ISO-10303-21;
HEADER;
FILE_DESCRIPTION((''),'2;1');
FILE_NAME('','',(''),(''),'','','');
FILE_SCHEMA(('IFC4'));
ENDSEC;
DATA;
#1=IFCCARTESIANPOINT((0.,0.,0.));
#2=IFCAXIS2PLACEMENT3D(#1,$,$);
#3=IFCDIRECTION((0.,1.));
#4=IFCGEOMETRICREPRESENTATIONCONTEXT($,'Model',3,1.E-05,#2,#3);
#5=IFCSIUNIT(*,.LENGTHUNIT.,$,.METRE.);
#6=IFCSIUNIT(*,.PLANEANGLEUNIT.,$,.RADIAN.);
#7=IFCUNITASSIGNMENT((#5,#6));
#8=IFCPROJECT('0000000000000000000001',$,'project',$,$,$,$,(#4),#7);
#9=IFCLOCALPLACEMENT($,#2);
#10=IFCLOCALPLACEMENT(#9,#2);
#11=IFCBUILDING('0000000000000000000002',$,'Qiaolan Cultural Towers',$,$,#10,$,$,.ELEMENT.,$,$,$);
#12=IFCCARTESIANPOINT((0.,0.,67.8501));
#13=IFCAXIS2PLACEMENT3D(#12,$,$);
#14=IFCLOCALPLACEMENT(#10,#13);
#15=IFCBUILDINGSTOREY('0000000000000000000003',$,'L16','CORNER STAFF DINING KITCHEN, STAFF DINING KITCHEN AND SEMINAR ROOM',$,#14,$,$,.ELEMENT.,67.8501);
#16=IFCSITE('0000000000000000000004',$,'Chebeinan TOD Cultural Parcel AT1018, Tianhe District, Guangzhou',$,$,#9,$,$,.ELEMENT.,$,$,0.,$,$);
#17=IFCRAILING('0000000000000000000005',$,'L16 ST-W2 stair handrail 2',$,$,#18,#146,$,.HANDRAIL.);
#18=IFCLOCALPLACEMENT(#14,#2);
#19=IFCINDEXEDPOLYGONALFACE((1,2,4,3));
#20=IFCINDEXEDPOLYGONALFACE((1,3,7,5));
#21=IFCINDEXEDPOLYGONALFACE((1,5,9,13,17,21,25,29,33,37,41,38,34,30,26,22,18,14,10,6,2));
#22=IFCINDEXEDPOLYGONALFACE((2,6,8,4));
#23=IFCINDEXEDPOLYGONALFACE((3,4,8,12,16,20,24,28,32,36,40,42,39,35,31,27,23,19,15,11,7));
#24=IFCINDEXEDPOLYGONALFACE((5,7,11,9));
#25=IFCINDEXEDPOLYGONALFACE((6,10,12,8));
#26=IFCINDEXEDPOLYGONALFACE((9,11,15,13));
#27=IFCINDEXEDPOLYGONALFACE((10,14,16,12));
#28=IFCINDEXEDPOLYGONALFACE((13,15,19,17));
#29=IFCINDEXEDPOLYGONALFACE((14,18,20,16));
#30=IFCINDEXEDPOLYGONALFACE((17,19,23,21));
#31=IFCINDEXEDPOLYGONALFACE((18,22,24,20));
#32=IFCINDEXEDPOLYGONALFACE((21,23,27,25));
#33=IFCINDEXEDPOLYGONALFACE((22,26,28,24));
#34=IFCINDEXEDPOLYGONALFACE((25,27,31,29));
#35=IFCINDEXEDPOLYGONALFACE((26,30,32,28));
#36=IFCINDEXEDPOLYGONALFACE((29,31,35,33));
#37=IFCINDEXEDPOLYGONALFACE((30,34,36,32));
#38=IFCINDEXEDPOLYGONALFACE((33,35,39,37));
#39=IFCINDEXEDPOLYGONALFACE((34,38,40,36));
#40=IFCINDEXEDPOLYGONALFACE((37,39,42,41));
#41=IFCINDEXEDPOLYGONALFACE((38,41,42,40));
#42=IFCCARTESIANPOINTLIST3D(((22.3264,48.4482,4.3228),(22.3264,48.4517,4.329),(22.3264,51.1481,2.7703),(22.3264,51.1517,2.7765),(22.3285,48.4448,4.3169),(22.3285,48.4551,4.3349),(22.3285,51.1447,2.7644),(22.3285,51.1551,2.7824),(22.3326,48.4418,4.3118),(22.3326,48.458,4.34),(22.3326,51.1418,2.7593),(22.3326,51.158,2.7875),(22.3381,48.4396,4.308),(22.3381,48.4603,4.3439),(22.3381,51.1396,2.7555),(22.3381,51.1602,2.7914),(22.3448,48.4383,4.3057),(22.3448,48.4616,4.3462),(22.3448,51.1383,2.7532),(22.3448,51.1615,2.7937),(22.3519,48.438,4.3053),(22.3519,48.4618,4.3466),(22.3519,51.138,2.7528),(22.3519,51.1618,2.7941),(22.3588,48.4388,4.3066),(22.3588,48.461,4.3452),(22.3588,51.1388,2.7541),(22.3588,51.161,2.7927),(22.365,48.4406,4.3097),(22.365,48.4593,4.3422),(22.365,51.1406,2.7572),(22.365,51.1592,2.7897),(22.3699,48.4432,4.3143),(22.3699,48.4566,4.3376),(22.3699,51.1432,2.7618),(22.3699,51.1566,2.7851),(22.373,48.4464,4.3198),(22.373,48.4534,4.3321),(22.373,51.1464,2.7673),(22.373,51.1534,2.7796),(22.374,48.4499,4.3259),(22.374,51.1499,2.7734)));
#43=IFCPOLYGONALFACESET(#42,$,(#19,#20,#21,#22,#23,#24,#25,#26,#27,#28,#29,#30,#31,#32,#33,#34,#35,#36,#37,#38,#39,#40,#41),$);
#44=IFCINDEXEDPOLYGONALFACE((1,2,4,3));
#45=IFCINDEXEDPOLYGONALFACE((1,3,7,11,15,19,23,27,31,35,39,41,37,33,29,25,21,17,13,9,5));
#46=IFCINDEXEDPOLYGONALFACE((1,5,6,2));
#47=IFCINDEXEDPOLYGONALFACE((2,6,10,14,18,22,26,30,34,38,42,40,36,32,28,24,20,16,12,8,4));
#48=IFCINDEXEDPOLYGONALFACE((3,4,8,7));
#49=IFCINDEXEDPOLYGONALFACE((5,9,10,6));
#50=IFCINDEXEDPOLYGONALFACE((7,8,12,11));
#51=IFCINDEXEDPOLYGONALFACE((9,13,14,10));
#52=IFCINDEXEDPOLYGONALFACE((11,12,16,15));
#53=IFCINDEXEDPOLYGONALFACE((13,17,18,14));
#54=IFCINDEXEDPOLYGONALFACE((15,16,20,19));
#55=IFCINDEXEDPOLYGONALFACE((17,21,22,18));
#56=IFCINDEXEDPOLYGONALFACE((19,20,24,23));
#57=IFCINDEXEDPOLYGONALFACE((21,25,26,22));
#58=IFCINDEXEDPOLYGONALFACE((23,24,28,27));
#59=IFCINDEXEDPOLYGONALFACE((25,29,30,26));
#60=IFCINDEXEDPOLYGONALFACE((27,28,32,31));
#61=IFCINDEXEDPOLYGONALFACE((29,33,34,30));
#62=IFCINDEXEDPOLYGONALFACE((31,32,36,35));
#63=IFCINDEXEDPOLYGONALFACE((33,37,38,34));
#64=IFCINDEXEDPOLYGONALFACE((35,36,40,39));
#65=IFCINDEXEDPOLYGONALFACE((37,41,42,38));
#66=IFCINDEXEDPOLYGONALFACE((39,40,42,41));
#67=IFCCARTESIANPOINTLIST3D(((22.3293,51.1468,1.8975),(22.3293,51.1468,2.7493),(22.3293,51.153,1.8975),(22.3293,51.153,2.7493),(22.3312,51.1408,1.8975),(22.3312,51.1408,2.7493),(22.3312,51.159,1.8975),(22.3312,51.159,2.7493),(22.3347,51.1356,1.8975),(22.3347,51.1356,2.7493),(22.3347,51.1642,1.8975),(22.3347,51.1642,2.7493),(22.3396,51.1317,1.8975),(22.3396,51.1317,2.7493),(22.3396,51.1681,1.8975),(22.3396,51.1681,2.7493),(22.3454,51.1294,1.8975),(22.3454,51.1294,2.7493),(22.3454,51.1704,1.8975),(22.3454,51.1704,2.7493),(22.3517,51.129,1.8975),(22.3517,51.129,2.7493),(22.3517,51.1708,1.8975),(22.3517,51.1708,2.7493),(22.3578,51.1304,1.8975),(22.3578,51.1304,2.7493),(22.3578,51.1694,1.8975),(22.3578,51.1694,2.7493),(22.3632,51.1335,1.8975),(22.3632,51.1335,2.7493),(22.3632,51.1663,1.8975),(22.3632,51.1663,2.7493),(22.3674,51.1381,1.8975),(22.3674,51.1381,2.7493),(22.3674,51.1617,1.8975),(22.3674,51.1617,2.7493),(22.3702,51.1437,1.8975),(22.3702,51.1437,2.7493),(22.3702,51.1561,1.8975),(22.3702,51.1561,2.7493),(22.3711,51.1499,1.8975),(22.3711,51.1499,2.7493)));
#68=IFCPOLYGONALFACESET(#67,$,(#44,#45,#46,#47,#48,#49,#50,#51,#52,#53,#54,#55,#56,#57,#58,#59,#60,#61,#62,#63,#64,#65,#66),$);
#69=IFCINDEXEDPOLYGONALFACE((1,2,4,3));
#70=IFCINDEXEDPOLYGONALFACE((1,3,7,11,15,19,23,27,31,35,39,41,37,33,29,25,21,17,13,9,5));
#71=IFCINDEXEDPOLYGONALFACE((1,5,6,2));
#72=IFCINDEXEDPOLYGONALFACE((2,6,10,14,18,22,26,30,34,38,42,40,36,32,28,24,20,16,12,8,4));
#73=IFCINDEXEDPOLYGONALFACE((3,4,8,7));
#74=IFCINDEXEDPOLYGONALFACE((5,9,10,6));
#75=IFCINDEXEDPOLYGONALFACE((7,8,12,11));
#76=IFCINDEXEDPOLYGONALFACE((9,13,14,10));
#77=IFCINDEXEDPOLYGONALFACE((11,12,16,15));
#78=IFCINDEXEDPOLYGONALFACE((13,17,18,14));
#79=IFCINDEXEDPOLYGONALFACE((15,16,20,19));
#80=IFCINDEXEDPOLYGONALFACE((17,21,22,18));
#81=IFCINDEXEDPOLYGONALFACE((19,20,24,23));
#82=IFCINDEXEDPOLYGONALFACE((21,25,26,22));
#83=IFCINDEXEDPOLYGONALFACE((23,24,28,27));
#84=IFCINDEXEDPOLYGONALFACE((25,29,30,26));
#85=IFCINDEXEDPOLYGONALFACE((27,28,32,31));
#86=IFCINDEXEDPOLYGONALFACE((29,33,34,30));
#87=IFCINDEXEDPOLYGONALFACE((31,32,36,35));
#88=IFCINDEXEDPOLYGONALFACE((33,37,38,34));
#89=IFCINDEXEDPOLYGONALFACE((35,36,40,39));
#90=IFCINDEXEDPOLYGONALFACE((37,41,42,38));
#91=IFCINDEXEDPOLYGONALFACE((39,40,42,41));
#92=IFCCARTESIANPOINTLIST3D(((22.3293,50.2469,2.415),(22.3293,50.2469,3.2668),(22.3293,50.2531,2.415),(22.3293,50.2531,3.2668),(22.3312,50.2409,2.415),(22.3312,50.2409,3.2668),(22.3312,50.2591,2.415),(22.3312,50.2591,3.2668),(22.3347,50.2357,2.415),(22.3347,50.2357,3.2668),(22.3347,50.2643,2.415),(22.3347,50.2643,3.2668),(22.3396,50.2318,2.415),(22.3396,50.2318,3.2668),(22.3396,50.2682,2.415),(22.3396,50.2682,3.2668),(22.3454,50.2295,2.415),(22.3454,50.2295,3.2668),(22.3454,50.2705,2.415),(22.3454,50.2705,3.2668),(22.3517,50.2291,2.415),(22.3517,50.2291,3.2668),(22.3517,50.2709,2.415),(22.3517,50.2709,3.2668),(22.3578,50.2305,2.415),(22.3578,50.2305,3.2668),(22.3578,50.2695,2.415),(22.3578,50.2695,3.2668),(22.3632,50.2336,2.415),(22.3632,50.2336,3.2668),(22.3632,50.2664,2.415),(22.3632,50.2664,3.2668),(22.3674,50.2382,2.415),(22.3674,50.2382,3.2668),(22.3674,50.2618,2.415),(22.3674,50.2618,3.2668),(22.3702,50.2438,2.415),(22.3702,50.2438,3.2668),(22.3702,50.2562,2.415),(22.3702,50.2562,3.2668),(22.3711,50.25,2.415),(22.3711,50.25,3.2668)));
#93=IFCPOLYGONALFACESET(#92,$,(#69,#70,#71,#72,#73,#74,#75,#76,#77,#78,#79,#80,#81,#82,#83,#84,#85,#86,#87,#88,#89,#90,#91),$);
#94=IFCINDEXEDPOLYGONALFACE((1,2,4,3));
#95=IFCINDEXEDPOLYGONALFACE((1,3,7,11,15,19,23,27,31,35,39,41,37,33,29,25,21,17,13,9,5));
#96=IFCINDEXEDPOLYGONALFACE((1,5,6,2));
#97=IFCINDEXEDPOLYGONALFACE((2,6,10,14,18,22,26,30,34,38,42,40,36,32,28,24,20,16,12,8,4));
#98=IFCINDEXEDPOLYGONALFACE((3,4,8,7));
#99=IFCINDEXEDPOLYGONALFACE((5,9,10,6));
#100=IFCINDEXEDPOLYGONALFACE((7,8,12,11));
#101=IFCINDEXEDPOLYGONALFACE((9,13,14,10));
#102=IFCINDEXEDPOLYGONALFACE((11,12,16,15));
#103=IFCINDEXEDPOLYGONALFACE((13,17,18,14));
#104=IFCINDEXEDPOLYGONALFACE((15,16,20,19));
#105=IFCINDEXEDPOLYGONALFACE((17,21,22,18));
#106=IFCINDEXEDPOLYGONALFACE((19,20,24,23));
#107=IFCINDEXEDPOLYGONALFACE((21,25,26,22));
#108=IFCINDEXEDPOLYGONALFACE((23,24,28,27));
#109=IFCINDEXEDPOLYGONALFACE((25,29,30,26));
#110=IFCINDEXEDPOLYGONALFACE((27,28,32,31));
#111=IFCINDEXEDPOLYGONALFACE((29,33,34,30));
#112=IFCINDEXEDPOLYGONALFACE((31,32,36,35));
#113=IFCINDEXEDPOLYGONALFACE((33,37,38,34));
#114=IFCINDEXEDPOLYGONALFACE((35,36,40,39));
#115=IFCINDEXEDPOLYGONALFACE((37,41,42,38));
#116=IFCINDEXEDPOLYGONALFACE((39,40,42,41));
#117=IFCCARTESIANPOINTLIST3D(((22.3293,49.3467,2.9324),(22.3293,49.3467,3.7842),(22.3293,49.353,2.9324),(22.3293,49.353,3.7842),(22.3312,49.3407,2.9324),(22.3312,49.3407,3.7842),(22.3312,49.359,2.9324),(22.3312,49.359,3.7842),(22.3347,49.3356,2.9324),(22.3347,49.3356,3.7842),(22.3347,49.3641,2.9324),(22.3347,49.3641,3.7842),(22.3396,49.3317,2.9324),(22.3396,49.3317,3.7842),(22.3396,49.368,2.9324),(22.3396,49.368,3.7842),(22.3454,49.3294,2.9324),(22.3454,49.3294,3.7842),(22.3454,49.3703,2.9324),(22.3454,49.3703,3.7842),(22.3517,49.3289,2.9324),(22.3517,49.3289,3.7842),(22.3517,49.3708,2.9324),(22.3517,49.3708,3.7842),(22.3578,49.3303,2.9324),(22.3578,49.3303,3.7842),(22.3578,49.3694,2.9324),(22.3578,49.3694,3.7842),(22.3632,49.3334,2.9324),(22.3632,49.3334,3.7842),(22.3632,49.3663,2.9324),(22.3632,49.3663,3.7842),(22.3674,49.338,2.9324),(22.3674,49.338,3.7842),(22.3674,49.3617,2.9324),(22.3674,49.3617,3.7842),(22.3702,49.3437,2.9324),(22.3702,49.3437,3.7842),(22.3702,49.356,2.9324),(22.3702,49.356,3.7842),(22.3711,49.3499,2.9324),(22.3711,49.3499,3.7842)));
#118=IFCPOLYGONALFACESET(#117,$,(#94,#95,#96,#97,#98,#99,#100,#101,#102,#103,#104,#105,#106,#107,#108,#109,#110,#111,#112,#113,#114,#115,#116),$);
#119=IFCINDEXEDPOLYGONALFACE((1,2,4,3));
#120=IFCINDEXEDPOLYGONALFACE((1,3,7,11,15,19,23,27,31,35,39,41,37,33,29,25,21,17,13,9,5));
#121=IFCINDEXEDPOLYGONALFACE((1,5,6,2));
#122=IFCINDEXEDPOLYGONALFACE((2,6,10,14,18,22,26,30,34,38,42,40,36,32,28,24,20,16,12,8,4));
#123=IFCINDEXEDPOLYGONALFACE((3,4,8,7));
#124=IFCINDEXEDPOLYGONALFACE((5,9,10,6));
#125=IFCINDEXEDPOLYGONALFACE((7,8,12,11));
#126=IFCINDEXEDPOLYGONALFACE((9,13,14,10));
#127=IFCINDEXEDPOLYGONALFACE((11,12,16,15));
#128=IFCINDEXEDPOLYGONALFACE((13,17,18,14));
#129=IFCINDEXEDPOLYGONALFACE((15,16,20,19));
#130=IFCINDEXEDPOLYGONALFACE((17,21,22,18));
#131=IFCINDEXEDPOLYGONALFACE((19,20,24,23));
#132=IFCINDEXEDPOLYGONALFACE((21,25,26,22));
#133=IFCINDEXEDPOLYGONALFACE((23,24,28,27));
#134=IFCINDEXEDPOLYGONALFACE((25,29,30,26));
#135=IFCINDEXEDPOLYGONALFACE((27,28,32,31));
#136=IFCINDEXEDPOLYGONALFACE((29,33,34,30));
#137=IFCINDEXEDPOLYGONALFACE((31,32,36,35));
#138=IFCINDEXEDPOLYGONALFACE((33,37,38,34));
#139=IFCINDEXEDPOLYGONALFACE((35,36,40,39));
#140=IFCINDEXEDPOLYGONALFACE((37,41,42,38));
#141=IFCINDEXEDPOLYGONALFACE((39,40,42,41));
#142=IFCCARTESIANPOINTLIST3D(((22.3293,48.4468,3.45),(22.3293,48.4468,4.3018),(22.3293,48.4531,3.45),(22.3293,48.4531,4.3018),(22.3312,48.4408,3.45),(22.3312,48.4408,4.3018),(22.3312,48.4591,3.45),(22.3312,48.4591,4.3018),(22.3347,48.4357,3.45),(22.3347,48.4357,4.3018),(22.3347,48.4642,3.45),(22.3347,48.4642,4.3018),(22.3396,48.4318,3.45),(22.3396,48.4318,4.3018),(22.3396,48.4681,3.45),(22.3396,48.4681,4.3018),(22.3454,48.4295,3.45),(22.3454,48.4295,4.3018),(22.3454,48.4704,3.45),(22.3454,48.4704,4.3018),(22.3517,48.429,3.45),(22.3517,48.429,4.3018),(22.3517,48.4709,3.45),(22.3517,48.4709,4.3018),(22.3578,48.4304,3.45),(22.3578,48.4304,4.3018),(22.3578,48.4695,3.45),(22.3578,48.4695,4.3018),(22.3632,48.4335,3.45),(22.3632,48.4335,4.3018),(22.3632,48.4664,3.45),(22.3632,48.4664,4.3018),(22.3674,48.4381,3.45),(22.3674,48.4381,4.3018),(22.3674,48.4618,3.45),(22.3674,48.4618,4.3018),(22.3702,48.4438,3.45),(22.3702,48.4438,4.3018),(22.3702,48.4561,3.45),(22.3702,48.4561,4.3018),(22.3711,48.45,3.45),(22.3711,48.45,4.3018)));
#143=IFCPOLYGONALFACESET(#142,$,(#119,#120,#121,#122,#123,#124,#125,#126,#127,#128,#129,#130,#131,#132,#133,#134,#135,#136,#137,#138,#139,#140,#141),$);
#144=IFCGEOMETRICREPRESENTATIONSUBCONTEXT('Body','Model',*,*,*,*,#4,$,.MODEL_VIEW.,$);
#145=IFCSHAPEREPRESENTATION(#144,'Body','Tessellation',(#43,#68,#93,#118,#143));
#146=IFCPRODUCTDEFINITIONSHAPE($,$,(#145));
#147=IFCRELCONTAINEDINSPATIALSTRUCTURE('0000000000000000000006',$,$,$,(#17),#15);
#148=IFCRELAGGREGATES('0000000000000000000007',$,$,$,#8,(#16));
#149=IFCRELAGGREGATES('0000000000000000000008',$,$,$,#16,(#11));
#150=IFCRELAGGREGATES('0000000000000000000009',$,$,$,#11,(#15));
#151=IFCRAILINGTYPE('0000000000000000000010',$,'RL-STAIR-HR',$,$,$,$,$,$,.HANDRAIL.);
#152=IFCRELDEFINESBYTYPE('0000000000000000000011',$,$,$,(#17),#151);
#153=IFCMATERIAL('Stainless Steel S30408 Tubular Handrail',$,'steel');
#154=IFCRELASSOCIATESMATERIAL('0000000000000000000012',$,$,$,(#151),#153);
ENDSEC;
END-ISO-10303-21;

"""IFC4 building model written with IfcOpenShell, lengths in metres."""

from ifc_helpers import new_model, si_unit, direction, frame, origin, origin_2d, place, context, subcontext, project, spatial, circle, extrude, material, type_object, element, save


model = new_model("IFC4")

# Units and contexts
model_context = context("Model", 3, precision=1e-05, world=origin(), true_north=direction((0.0, 1.0)))
body_context = subcontext(model_context, "Body", "Model", "MODEL_VIEW")
ifc_project = project(units=[si_unit("LENGTHUNIT", "METRE"), si_unit("PLANEANGLEUNIT", "RADIAN")], contexts=[model_context])

# Site, building, storey
site_placement = place(None, origin())
site = spatial("IfcSite", under=ifc_project, at=site_placement, Name="Chebeinan TOD Cultural Parcel AT1018, Tianhe District, Guangzhou", CompositionType="ELEMENT", RefElevation=0.0)
building_placement = place(site_placement, origin())
building = spatial("IfcBuilding", under=site, at=building_placement, Name="Qiaolan Cultural Towers", CompositionType="ELEMENT")
storey_placement = place(building_placement, frame((0.0, 0.0, 67.8501)))
storey = spatial("IfcBuildingStorey", under=building, at=storey_placement, Name="L16", Description="CORNER STAFF DINING KITCHEN, STAFF DINING KITCHEN AND SEMINAR ROOM", CompositionType="ELEMENT", Elevation=67.8501)

# Railing
ifc_material_1 = material(Name="Stainless Steel S30408 Tubular Handrail", Category="steel")
railing_type_1 = type_object("IfcRailingType", Name="RL-STAIR-HR", PredefinedType="HANDRAIL", material=ifc_material_1)
railing_1_placement = place(storey_placement, frame((22.3501, 51.1499, 1.8975)))
element("IfcRailing", 1, at=railing_1_placement, inside=storey, type_object=railing_type_1, Name="L16 ST-W2 stair handrail 2", PredefinedType="HANDRAIL", context=body_context, shape_type="SweptSolid", body=[
    extrude(circle(Radius=0.0239, at=origin_2d()), frame((0.0, 0.0, 0.876), z_axis=(0.0, -0.866904, 0.498476), x_axis=(1.0, 0.0, 0.0)), (0.0, 0.0, 1.0), 3.1145),
    extrude(circle(Radius=0.021, at=origin_2d()), origin(), (0.0, 0.0, 1.0), 0.8518),
    extrude(circle(Radius=0.021, at=origin_2d()), frame((0.0, -0.8999, 0.5176)), (0.0, 0.0, 1.0), 0.8518),
    extrude(circle(Radius=0.021, at=origin_2d()), frame((0.0, -1.8, 1.0349)), (0.0, 0.0, 1.0), 0.8518),
    extrude(circle(Radius=0.021, at=origin_2d()), frame((0.0, -2.7, 1.5525)), (0.0, 0.0, 1.0), 0.8518),
])

save(model, "model.ifc")
